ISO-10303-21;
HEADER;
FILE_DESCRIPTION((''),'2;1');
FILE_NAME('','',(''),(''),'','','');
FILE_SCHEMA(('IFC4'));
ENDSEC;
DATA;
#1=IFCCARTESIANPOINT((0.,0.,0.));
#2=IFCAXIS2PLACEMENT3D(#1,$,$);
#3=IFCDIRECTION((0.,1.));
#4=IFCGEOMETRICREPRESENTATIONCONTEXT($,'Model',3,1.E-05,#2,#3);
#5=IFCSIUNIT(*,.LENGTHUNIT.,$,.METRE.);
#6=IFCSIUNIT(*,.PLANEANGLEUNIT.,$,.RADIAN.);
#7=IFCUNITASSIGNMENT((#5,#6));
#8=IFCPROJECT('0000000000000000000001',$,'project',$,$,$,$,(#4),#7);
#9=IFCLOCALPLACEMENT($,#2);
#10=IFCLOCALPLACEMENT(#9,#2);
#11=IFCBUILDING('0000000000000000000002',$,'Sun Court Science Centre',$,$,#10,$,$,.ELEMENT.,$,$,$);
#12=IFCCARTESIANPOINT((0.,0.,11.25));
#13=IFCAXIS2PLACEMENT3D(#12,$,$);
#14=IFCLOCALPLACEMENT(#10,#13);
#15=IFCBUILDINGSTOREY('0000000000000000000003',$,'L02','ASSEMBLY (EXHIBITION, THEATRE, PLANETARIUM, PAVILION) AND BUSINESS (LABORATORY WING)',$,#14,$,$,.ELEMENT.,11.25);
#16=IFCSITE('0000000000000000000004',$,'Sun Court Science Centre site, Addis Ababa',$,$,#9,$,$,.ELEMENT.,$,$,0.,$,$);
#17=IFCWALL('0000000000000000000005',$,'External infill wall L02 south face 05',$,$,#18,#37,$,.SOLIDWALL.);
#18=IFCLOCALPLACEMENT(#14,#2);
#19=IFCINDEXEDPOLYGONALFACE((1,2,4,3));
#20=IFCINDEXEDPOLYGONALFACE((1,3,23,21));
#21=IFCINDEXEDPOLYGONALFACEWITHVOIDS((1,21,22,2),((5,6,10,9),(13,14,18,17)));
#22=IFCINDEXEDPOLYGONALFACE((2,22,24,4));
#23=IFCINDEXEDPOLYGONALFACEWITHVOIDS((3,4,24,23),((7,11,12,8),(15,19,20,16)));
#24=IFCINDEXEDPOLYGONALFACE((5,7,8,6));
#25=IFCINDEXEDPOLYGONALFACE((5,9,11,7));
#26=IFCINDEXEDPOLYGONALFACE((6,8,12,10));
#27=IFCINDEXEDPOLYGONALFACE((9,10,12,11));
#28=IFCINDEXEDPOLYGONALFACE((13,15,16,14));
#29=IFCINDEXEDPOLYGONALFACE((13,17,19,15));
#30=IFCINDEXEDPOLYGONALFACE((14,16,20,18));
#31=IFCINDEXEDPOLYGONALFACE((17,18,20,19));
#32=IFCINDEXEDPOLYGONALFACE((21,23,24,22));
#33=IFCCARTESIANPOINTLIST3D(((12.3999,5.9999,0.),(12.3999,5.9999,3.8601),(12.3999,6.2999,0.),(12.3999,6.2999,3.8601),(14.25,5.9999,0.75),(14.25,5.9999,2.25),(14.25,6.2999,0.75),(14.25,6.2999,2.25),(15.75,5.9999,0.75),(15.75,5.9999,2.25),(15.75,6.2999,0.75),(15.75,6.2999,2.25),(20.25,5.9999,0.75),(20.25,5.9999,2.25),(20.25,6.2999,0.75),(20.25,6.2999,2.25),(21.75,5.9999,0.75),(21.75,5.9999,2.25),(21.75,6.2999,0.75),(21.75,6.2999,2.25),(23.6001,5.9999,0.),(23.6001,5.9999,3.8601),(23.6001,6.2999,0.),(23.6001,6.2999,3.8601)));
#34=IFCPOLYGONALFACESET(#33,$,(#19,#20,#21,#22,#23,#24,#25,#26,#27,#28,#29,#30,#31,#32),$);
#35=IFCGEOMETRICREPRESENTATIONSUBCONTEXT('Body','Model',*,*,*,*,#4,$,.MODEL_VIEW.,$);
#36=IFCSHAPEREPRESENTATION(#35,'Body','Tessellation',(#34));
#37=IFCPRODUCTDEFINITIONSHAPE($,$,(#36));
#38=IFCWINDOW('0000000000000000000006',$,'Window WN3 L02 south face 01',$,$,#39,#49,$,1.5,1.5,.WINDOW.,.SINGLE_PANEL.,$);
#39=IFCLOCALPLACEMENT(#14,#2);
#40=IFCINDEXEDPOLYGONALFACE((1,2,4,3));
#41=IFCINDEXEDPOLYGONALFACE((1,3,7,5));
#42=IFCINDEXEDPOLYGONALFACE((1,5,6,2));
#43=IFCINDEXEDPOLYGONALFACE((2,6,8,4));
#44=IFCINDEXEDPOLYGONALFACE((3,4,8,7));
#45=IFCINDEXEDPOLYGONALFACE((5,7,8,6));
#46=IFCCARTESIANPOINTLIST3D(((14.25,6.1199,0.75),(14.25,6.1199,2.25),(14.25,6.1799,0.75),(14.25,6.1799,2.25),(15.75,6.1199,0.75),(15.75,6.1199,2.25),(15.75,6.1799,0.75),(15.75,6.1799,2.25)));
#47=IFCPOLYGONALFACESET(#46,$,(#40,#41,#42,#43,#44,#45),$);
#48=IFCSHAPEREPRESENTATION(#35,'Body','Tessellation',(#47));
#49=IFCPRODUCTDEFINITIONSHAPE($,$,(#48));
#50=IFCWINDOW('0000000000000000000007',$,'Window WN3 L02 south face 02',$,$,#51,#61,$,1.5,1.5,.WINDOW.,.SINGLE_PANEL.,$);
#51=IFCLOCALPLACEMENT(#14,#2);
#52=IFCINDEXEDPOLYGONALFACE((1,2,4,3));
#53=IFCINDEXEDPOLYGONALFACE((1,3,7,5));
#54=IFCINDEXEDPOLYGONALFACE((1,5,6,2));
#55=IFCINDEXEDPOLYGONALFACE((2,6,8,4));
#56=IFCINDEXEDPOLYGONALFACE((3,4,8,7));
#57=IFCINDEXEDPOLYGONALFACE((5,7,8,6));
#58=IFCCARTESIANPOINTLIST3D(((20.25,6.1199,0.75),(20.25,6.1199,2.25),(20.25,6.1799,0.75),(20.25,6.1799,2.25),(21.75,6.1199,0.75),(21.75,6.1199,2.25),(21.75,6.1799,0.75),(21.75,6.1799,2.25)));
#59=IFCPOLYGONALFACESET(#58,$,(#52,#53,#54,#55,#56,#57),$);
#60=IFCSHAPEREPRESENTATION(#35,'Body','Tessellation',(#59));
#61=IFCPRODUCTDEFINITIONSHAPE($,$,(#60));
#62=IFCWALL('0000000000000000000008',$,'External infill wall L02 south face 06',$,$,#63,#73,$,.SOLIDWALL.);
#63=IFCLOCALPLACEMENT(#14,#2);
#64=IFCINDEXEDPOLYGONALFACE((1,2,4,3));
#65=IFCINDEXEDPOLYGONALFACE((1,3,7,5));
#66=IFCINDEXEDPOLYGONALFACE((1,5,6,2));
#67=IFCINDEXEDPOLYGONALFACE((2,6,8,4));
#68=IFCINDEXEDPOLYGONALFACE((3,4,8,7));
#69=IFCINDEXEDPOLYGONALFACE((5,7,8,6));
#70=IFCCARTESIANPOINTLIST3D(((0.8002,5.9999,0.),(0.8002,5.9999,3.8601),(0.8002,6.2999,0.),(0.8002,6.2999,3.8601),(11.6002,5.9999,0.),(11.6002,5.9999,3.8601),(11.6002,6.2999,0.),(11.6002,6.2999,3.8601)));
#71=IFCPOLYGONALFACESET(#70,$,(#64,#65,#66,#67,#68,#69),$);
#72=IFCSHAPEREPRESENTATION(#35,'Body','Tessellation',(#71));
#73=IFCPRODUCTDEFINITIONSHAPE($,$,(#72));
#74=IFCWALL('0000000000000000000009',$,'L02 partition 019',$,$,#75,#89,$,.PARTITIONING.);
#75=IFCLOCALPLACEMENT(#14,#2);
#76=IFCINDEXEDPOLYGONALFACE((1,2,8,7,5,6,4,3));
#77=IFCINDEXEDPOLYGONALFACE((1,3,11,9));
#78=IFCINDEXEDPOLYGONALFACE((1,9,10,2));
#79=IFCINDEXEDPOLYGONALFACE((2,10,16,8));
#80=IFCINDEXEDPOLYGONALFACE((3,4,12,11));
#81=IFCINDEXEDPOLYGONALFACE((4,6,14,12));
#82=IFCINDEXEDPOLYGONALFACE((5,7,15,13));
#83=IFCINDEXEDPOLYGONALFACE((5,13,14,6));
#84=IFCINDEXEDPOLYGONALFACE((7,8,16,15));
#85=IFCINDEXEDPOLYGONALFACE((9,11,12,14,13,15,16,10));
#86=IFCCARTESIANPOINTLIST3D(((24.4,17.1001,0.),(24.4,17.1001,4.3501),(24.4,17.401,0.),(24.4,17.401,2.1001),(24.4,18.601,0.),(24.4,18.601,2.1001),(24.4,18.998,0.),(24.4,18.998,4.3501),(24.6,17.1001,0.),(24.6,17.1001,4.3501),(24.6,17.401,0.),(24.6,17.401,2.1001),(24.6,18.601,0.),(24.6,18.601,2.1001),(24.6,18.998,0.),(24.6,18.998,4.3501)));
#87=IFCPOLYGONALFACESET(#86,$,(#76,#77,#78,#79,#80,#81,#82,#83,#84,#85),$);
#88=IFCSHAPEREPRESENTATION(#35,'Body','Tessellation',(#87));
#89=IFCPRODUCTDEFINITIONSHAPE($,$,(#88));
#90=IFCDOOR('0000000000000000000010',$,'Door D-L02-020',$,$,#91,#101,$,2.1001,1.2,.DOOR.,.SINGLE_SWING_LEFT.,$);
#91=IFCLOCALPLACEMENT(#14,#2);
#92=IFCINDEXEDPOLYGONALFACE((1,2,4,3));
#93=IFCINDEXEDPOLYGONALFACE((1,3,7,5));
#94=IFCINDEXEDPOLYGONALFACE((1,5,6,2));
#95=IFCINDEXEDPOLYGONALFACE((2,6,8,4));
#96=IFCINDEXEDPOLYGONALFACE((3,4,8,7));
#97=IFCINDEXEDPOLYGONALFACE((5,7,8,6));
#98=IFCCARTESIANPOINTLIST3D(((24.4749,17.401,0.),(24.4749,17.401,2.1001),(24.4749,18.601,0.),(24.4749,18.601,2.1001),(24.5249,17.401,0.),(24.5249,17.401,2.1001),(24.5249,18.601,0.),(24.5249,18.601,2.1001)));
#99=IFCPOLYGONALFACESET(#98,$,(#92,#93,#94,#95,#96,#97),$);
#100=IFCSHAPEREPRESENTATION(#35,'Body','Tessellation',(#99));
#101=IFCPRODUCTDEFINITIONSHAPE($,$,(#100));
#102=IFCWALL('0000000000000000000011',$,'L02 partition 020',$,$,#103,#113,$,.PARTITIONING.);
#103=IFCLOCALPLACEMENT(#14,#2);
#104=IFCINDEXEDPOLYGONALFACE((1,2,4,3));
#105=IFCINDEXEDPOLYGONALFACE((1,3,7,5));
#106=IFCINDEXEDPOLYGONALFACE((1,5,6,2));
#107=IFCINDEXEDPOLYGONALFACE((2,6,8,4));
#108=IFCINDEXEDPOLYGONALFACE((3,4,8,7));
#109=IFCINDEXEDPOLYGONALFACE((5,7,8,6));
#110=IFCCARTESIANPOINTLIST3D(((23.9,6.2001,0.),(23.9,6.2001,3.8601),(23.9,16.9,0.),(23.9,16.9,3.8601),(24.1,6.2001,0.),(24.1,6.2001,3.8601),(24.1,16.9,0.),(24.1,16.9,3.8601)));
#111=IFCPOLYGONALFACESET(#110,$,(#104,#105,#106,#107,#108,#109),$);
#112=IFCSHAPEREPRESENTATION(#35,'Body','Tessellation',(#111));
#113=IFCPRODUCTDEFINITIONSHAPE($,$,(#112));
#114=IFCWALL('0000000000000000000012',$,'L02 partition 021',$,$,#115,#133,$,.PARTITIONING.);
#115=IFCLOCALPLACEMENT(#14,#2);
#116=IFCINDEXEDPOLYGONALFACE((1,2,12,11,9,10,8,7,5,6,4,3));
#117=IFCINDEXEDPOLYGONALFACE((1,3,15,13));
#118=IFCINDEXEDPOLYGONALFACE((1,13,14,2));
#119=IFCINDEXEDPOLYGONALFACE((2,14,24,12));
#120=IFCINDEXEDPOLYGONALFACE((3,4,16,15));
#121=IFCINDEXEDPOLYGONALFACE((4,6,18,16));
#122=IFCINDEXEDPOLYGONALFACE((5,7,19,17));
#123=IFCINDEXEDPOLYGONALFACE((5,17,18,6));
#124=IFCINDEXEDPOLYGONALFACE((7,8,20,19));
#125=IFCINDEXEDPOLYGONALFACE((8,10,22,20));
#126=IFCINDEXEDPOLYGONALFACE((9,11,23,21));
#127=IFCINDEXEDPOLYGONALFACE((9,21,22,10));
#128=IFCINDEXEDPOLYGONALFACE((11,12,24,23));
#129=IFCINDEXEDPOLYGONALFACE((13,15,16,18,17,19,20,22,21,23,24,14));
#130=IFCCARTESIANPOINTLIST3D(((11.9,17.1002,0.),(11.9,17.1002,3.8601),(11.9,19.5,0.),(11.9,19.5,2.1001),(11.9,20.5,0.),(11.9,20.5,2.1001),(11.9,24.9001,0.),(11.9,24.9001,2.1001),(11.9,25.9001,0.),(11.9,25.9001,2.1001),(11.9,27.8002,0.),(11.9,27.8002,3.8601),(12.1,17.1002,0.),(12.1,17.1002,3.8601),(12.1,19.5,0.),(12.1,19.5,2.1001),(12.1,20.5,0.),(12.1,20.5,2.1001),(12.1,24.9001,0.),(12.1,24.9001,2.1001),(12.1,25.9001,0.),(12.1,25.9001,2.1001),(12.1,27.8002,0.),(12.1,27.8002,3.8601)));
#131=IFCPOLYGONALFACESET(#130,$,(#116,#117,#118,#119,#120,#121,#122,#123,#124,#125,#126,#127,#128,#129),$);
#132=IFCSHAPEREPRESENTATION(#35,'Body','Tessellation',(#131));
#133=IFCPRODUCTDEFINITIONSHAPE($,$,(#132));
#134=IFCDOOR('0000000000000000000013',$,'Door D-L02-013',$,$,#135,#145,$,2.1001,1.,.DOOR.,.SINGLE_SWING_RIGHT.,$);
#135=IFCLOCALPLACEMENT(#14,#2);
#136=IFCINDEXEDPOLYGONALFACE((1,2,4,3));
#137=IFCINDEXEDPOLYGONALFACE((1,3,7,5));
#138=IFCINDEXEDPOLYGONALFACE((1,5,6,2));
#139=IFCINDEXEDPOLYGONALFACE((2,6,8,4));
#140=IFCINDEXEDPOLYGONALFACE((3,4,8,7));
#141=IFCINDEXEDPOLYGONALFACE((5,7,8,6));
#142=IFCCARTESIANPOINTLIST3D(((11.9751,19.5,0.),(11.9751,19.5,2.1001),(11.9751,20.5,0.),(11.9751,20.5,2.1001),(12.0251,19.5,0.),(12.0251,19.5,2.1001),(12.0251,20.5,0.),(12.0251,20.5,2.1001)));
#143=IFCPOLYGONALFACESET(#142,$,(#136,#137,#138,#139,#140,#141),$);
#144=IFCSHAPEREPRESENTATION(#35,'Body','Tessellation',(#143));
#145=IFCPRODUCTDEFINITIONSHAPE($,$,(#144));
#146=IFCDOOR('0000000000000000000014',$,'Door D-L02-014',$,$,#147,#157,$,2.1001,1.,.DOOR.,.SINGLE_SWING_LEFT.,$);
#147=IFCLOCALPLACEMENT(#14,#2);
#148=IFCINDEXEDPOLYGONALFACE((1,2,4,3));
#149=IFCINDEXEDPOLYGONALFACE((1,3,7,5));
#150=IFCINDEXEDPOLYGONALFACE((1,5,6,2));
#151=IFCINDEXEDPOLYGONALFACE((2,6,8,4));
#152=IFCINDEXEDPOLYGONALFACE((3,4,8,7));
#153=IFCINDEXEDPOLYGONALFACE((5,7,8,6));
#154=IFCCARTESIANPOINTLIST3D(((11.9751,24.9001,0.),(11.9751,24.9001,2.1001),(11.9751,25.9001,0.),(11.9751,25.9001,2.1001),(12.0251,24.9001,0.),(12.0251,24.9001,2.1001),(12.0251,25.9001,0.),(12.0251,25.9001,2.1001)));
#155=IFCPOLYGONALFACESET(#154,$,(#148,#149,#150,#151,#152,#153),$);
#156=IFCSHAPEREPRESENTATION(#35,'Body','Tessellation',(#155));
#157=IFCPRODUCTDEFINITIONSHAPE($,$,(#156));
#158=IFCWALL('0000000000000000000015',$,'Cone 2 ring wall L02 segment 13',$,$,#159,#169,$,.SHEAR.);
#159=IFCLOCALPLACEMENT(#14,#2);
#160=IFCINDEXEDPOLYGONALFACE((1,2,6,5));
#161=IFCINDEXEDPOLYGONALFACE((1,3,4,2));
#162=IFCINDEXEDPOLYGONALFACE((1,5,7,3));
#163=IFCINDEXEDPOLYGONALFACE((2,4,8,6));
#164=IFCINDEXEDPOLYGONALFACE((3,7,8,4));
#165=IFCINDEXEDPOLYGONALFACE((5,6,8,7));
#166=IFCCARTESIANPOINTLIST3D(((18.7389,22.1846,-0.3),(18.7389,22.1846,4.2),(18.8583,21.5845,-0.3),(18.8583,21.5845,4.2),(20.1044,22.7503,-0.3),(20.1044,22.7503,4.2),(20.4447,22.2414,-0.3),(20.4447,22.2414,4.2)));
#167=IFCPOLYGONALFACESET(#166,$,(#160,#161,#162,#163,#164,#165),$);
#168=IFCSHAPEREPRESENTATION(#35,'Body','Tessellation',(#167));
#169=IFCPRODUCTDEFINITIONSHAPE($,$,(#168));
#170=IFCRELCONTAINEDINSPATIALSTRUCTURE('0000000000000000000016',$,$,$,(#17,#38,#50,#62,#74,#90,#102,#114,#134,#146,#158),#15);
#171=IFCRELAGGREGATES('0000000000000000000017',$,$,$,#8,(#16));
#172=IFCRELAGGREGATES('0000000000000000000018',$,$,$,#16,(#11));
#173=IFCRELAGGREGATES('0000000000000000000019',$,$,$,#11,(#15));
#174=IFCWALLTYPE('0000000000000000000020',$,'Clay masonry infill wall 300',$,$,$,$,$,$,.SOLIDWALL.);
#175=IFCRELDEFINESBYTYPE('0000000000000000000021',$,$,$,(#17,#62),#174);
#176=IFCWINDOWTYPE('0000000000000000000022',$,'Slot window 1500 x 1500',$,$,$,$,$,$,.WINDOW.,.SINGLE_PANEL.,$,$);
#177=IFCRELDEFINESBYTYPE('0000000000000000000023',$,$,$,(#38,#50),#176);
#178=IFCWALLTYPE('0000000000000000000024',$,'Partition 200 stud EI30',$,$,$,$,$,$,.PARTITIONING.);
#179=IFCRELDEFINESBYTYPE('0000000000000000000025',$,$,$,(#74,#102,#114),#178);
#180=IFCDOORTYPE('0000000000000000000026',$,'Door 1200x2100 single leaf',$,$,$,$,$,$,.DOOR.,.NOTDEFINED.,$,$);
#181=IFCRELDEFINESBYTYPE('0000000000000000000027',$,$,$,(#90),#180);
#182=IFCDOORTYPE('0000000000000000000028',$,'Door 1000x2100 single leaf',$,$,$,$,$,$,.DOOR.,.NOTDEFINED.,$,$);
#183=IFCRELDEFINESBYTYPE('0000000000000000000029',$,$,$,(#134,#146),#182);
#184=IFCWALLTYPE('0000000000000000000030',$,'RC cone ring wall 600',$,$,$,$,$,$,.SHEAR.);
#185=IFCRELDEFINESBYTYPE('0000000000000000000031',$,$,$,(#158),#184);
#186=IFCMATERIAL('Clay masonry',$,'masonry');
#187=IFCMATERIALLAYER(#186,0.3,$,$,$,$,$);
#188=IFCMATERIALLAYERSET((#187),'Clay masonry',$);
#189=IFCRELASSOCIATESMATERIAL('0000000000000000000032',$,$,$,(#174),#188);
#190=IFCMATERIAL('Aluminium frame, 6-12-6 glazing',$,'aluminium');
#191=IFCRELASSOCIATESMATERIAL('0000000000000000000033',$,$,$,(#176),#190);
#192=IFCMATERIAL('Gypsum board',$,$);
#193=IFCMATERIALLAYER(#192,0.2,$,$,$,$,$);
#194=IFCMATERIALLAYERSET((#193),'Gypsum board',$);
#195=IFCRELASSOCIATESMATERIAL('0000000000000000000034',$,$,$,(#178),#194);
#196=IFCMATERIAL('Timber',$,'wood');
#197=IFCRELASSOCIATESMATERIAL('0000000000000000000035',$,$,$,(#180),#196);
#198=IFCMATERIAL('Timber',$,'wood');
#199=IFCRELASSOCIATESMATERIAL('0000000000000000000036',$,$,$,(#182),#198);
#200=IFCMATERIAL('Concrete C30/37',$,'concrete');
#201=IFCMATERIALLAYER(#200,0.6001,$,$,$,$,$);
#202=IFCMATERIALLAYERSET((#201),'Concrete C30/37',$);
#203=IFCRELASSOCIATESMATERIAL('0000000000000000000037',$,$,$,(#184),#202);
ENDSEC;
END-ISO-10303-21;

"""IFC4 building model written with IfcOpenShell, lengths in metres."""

from ifc_helpers import new_model, si_unit, direction, frame, frame_2d, origin, place, context, subcontext, project, spatial, polyline, rectangle, outline, extrude, material, layer, layer_set, type_object, element, fill, save


model = new_model("IFC4")

# Units and contexts
model_context = context("Model", 3, precision=1e-05, world=origin(), true_north=direction((0.0, 1.0)))
body_context = subcontext(model_context, "Body", "Model", "MODEL_VIEW")
ifc_project = project(units=[si_unit("LENGTHUNIT", "METRE"), si_unit("PLANEANGLEUNIT", "RADIAN")], contexts=[model_context])

# Site, building, storey
site_placement = place(None, origin())
site = spatial("IfcSite", under=ifc_project, at=site_placement, Name="Sun Court Science Centre site, Addis Ababa", CompositionType="ELEMENT", RefElevation=0.0)
building_placement = place(site_placement, origin())
building = spatial("IfcBuilding", under=site, at=building_placement, Name="Sun Court Science Centre", CompositionType="ELEMENT")
storey_placement = place(building_placement, frame((0.0, 0.0, 11.25)))
storey = spatial("IfcBuildingStorey", under=building, at=storey_placement, Name="L02", Description="ASSEMBLY (EXHIBITION, THEATRE, PLANETARIUM, PAVILION) AND BUSINESS (LABORATORY WING)", CompositionType="ELEMENT", Elevation=11.25)

# Wall, openings, windows
ifc_material_1 = material(Name="Clay masonry", Category="masonry")
ifc_layer_1 = layer(ifc_material_1, 0.3)
ifc_layer_set_1 = layer_set([ifc_layer_1], Name="Clay masonry")
wall_type_1 = type_object("IfcWallType", Name="Clay masonry infill wall 300", PredefinedType="SOLIDWALL", material=ifc_layer_set_1)
wall_1_placement = place(storey_placement, frame((23.6001, 6.1499, 0.0), z_axis=(0.0, 0.0, 1.0), x_axis=(-1.0, 0.0, 0.0)))
wall_1 = element("IfcWall", 1, at=wall_1_placement, inside=storey, type_object=wall_type_1, Name="External infill wall L02 south face 05", PredefinedType="SOLIDWALL", context=body_context, shape_type="SweptSolid", body=[
    extrude(rectangle(XDim=11.2002, YDim=0.3, at=frame_2d((5.6001, 0.0))), origin(), (0.0, 0.0, 1.0), 3.8601),
])
opening_1_placement = place(wall_1_placement, frame((7.8501, 0.0, 0.75)))
opening_1 = element("IfcOpeningElement", 2, at=opening_1_placement, cuts=wall_1, PredefinedType="OPENING", context=body_context, shape_type="SweptSolid", body=[
    extrude(rectangle(XDim=1.5, YDim=1.5, at=frame_2d((0.75, 0.75))), frame((0.0, 0.1599, 0.0), z_axis=(0.0, -1.0, 0.0), x_axis=(1.0, 0.0, 0.0)), (0.0, 0.0, 1.0), 0.3201),
])
opening_2_placement = place(wall_1_placement, frame((1.8501, 0.0, 0.75)))
opening_2 = element("IfcOpeningElement", 3, at=opening_2_placement, cuts=wall_1, PredefinedType="OPENING", context=body_context, shape_type="SweptSolid", body=[
    extrude(rectangle(XDim=1.5, YDim=1.5, at=frame_2d((0.75, 0.75))), frame((0.0, 0.1599, 0.0), z_axis=(0.0, -1.0, 0.0), x_axis=(1.0, 0.0, 0.0)), (0.0, 0.0, 1.0), 0.3201),
])
ifc_material_2 = material(Name="Aluminium frame, 6-12-6 glazing", Category="aluminium")
window_type = type_object("IfcWindowType", Name="Slot window 1500 x 1500", PartitioningType="SINGLE_PANEL", PredefinedType="WINDOW", material=ifc_material_2)
window_1_placement = place(opening_1_placement, origin())
window_1 = element("IfcWindow", 4, at=window_1_placement, inside=storey, type_object=window_type, Name="Window WN3 L02 south face 01", OverallHeight=1.5, OverallWidth=1.5, PartitioningType="SINGLE_PANEL", PredefinedType="WINDOW", context=body_context, shape_type="SweptSolid", body=[
    extrude(rectangle(XDim=1.5, YDim=1.5, at=frame_2d((0.75, 0.75))), frame((0.0, 0.03, 0.0), z_axis=(0.0, -1.0, 0.0), x_axis=(1.0, 0.0, 0.0)), (0.0, 0.0, 1.0), 0.0601),
])
fill(opening_1, window_1)
window_2_placement = place(opening_2_placement, origin())
window_2 = element("IfcWindow", 5, at=window_2_placement, inside=storey, type_object=window_type, Name="Window WN3 L02 south face 02", OverallHeight=1.5, OverallWidth=1.5, PartitioningType="SINGLE_PANEL", PredefinedType="WINDOW", context=body_context, shape_type="SweptSolid", body=[
    extrude(rectangle(XDim=1.5, YDim=1.5, at=frame_2d((0.75, 0.75))), frame((0.0, 0.03, 0.0), z_axis=(0.0, -1.0, 0.0), x_axis=(1.0, 0.0, 0.0)), (0.0, 0.0, 1.0), 0.0601),
])
fill(opening_2, window_2)

# Wall
wall_2_placement = place(storey_placement, frame((11.6001, 6.1499, 0.0), z_axis=(0.0, 0.0, 1.0), x_axis=(-1.0, 0.0, 0.0)))
element("IfcWall", 6, at=wall_2_placement, inside=storey, type_object=wall_type_1, Name="External infill wall L02 south face 06", PredefinedType="SOLIDWALL", context=body_context, shape_type="SweptSolid", body=[
    extrude(rectangle(XDim=10.8, YDim=0.3, at=frame_2d((5.3999, 0.0))), origin(), (0.0, 0.0, 1.0), 3.8601),
])

# Wall, opening, door
ifc_material_3 = material(Name="Gypsum board")
ifc_layer_2 = layer(ifc_material_3, 0.2)
ifc_layer_set_2 = layer_set([ifc_layer_2], Name="Gypsum board")
wall_type_2 = type_object("IfcWallType", Name="Partition 200 stud EI30", PredefinedType="PARTITIONING", material=ifc_layer_set_2)
wall_3_placement = place(storey_placement, frame((24.5, 18.998, 0.0), z_axis=(0.0, 0.0, 1.0), x_axis=(0.0, -1.0, 0.0)))
wall_3 = element("IfcWall", 7, at=wall_3_placement, inside=storey, type_object=wall_type_2, Name="L02 partition 019", PredefinedType="PARTITIONING", context=body_context, shape_type="SweptSolid", body=[
    extrude(rectangle(XDim=1.8979, YDim=0.2, at=frame_2d((0.949, 0.0))), origin(), (0.0, 0.0, 1.0), 4.3501),
])
opening_3_placement = place(wall_3_placement, frame((0.397, 0.0, 0.0)))
opening_3 = element("IfcOpeningElement", 8, at=opening_3_placement, cuts=wall_3, PredefinedType="OPENING", context=body_context, shape_type="SweptSolid", body=[
    extrude(rectangle(XDim=1.2, YDim=2.1001, at=frame_2d((0.6001, 1.05))), frame((0.0, 0.1099, 0.0), z_axis=(0.0, -1.0, 0.0), x_axis=(1.0, 0.0, 0.0)), (0.0, 0.0, 1.0), 0.22),
])
ifc_material_4 = material(Name="Timber", Category="wood")
door_type_1 = type_object("IfcDoorType", Name="Door 1200x2100 single leaf", OperationType="NOTDEFINED", PredefinedType="DOOR", material=ifc_material_4)
door_1_placement = place(opening_3_placement, origin())
door_1 = element("IfcDoor", 9, at=door_1_placement, inside=storey, type_object=door_type_1, Name="Door D-L02-020", OperationType="SINGLE_SWING_LEFT", OverallHeight=2.1001, OverallWidth=1.2, PredefinedType="DOOR", context=body_context, shape_type="SweptSolid", body=[
    extrude(rectangle(XDim=1.2, YDim=2.1001, at=frame_2d((0.6001, 1.05))), frame((0.0, 0.0249, 0.0), z_axis=(0.0, -1.0, 0.0), x_axis=(1.0, 0.0, 0.0)), (0.0, 0.0, 1.0), 0.05),
])
fill(opening_3, door_1)

# Wall
wall_4_placement = place(storey_placement, frame((24.0, 6.2, 0.0), z_axis=(0.0, 0.0, 1.0), x_axis=(0.0, 1.0, 0.0)))
element("IfcWall", 10, at=wall_4_placement, inside=storey, type_object=wall_type_2, Name="L02 partition 020", PredefinedType="PARTITIONING", context=body_context, shape_type="SweptSolid", body=[
    extrude(rectangle(XDim=10.7, YDim=0.2, at=frame_2d((5.3501, 0.0))), origin(), (0.0, 0.0, 1.0), 3.8601),
])

# Wall, openings, doors
wall_5_placement = place(storey_placement, frame((12.0, 17.1001, 0.0), z_axis=(0.0, 0.0, 1.0), x_axis=(0.0, 1.0, 0.0)))
wall_5 = element("IfcWall", 11, at=wall_5_placement, inside=storey, type_object=wall_type_2, Name="L02 partition 021", PredefinedType="PARTITIONING", context=body_context, shape_type="SweptSolid", body=[
    extrude(rectangle(XDim=10.7, YDim=0.2, at=frame_2d((5.3501, 0.0))), origin(), (0.0, 0.0, 1.0), 3.8601),
])
opening_4_placement = place(wall_5_placement, frame((2.3999, 0.0, 0.0)))
opening_4 = element("IfcOpeningElement", 12, at=opening_4_placement, cuts=wall_5, PredefinedType="OPENING", context=body_context, shape_type="SweptSolid", body=[
    extrude(rectangle(XDim=1.0, YDim=2.1001, at=frame_2d((0.5, 1.05))), frame((0.0, 0.1099, 0.0), z_axis=(0.0, -1.0, 0.0), x_axis=(1.0, 0.0, 0.0)), (0.0, 0.0, 1.0), 0.22),
])
opening_5_placement = place(wall_5_placement, frame((7.8, 0.0, 0.0)))
opening_5 = element("IfcOpeningElement", 13, at=opening_5_placement, cuts=wall_5, PredefinedType="OPENING", context=body_context, shape_type="SweptSolid", body=[
    extrude(rectangle(XDim=1.0, YDim=2.1001, at=frame_2d((0.5, 1.05))), frame((0.0, 0.1099, 0.0), z_axis=(0.0, -1.0, 0.0), x_axis=(1.0, 0.0, 0.0)), (0.0, 0.0, 1.0), 0.22),
])
ifc_material_5 = material(Name="Timber", Category="wood")
door_type_2 = type_object("IfcDoorType", Name="Door 1000x2100 single leaf", OperationType="NOTDEFINED", PredefinedType="DOOR", material=ifc_material_5)
door_2_placement = place(opening_4_placement, origin())
door_2 = element("IfcDoor", 14, at=door_2_placement, inside=storey, type_object=door_type_2, Name="Door D-L02-013", OperationType="SINGLE_SWING_RIGHT", OverallHeight=2.1001, OverallWidth=1.0, PredefinedType="DOOR", context=body_context, shape_type="SweptSolid", body=[
    extrude(rectangle(XDim=1.0, YDim=2.1001, at=frame_2d((0.5, 1.05))), frame((0.0, 0.0249, 0.0), z_axis=(0.0, -1.0, 0.0), x_axis=(1.0, 0.0, 0.0)), (0.0, 0.0, 1.0), 0.05),
])
fill(opening_4, door_2)
door_3_placement = place(opening_5_placement, origin())
door_3 = element("IfcDoor", 15, at=door_3_placement, inside=storey, type_object=door_type_2, Name="Door D-L02-014", OperationType="SINGLE_SWING_LEFT", OverallHeight=2.1001, OverallWidth=1.0, PredefinedType="DOOR", context=body_context, shape_type="SweptSolid", body=[
    extrude(rectangle(XDim=1.0, YDim=2.1001, at=frame_2d((0.5, 1.05))), frame((0.0, 0.0249, 0.0), z_axis=(0.0, -1.0, 0.0), x_axis=(1.0, 0.0, 0.0)), (0.0, 0.0, 1.0), 0.05),
])
fill(opening_5, door_3)

# Wall
ifc_material_6 = material(Name="Concrete C30/37", Category="concrete")
ifc_layer_3 = layer(ifc_material_6, 0.6001)
ifc_layer_set_3 = layer_set([ifc_layer_3], Name="Concrete C30/37")
wall_type_3 = type_object("IfcWallType", Name="RC cone ring wall 600", PredefinedType="SHEAR", material=ifc_layer_set_3)
wall_6_placement = place(storey_placement, frame((18.7437, 21.8618, -0.3), z_axis=(0.0, 0.0, 1.0), x_axis=(0.923866, 0.382716, 0.0)))
element("IfcWall", 16, at=wall_6_placement, inside=storey, type_object=wall_type_3, Name="Cone 2 ring wall L02 segment 13", PredefinedType="SHEAR", context=body_context, shape_type="SweptSolid", body=[
    extrude(outline(polyline([(-0.0002, -0.3), (1.7168, -0.3003), (1.5972, 0.3), (0.1191, 0.3), (-0.0002, -0.3)])), origin(), (0.0, 0.0, 1.0), 4.5),
])

save(model, "model.ifc")
